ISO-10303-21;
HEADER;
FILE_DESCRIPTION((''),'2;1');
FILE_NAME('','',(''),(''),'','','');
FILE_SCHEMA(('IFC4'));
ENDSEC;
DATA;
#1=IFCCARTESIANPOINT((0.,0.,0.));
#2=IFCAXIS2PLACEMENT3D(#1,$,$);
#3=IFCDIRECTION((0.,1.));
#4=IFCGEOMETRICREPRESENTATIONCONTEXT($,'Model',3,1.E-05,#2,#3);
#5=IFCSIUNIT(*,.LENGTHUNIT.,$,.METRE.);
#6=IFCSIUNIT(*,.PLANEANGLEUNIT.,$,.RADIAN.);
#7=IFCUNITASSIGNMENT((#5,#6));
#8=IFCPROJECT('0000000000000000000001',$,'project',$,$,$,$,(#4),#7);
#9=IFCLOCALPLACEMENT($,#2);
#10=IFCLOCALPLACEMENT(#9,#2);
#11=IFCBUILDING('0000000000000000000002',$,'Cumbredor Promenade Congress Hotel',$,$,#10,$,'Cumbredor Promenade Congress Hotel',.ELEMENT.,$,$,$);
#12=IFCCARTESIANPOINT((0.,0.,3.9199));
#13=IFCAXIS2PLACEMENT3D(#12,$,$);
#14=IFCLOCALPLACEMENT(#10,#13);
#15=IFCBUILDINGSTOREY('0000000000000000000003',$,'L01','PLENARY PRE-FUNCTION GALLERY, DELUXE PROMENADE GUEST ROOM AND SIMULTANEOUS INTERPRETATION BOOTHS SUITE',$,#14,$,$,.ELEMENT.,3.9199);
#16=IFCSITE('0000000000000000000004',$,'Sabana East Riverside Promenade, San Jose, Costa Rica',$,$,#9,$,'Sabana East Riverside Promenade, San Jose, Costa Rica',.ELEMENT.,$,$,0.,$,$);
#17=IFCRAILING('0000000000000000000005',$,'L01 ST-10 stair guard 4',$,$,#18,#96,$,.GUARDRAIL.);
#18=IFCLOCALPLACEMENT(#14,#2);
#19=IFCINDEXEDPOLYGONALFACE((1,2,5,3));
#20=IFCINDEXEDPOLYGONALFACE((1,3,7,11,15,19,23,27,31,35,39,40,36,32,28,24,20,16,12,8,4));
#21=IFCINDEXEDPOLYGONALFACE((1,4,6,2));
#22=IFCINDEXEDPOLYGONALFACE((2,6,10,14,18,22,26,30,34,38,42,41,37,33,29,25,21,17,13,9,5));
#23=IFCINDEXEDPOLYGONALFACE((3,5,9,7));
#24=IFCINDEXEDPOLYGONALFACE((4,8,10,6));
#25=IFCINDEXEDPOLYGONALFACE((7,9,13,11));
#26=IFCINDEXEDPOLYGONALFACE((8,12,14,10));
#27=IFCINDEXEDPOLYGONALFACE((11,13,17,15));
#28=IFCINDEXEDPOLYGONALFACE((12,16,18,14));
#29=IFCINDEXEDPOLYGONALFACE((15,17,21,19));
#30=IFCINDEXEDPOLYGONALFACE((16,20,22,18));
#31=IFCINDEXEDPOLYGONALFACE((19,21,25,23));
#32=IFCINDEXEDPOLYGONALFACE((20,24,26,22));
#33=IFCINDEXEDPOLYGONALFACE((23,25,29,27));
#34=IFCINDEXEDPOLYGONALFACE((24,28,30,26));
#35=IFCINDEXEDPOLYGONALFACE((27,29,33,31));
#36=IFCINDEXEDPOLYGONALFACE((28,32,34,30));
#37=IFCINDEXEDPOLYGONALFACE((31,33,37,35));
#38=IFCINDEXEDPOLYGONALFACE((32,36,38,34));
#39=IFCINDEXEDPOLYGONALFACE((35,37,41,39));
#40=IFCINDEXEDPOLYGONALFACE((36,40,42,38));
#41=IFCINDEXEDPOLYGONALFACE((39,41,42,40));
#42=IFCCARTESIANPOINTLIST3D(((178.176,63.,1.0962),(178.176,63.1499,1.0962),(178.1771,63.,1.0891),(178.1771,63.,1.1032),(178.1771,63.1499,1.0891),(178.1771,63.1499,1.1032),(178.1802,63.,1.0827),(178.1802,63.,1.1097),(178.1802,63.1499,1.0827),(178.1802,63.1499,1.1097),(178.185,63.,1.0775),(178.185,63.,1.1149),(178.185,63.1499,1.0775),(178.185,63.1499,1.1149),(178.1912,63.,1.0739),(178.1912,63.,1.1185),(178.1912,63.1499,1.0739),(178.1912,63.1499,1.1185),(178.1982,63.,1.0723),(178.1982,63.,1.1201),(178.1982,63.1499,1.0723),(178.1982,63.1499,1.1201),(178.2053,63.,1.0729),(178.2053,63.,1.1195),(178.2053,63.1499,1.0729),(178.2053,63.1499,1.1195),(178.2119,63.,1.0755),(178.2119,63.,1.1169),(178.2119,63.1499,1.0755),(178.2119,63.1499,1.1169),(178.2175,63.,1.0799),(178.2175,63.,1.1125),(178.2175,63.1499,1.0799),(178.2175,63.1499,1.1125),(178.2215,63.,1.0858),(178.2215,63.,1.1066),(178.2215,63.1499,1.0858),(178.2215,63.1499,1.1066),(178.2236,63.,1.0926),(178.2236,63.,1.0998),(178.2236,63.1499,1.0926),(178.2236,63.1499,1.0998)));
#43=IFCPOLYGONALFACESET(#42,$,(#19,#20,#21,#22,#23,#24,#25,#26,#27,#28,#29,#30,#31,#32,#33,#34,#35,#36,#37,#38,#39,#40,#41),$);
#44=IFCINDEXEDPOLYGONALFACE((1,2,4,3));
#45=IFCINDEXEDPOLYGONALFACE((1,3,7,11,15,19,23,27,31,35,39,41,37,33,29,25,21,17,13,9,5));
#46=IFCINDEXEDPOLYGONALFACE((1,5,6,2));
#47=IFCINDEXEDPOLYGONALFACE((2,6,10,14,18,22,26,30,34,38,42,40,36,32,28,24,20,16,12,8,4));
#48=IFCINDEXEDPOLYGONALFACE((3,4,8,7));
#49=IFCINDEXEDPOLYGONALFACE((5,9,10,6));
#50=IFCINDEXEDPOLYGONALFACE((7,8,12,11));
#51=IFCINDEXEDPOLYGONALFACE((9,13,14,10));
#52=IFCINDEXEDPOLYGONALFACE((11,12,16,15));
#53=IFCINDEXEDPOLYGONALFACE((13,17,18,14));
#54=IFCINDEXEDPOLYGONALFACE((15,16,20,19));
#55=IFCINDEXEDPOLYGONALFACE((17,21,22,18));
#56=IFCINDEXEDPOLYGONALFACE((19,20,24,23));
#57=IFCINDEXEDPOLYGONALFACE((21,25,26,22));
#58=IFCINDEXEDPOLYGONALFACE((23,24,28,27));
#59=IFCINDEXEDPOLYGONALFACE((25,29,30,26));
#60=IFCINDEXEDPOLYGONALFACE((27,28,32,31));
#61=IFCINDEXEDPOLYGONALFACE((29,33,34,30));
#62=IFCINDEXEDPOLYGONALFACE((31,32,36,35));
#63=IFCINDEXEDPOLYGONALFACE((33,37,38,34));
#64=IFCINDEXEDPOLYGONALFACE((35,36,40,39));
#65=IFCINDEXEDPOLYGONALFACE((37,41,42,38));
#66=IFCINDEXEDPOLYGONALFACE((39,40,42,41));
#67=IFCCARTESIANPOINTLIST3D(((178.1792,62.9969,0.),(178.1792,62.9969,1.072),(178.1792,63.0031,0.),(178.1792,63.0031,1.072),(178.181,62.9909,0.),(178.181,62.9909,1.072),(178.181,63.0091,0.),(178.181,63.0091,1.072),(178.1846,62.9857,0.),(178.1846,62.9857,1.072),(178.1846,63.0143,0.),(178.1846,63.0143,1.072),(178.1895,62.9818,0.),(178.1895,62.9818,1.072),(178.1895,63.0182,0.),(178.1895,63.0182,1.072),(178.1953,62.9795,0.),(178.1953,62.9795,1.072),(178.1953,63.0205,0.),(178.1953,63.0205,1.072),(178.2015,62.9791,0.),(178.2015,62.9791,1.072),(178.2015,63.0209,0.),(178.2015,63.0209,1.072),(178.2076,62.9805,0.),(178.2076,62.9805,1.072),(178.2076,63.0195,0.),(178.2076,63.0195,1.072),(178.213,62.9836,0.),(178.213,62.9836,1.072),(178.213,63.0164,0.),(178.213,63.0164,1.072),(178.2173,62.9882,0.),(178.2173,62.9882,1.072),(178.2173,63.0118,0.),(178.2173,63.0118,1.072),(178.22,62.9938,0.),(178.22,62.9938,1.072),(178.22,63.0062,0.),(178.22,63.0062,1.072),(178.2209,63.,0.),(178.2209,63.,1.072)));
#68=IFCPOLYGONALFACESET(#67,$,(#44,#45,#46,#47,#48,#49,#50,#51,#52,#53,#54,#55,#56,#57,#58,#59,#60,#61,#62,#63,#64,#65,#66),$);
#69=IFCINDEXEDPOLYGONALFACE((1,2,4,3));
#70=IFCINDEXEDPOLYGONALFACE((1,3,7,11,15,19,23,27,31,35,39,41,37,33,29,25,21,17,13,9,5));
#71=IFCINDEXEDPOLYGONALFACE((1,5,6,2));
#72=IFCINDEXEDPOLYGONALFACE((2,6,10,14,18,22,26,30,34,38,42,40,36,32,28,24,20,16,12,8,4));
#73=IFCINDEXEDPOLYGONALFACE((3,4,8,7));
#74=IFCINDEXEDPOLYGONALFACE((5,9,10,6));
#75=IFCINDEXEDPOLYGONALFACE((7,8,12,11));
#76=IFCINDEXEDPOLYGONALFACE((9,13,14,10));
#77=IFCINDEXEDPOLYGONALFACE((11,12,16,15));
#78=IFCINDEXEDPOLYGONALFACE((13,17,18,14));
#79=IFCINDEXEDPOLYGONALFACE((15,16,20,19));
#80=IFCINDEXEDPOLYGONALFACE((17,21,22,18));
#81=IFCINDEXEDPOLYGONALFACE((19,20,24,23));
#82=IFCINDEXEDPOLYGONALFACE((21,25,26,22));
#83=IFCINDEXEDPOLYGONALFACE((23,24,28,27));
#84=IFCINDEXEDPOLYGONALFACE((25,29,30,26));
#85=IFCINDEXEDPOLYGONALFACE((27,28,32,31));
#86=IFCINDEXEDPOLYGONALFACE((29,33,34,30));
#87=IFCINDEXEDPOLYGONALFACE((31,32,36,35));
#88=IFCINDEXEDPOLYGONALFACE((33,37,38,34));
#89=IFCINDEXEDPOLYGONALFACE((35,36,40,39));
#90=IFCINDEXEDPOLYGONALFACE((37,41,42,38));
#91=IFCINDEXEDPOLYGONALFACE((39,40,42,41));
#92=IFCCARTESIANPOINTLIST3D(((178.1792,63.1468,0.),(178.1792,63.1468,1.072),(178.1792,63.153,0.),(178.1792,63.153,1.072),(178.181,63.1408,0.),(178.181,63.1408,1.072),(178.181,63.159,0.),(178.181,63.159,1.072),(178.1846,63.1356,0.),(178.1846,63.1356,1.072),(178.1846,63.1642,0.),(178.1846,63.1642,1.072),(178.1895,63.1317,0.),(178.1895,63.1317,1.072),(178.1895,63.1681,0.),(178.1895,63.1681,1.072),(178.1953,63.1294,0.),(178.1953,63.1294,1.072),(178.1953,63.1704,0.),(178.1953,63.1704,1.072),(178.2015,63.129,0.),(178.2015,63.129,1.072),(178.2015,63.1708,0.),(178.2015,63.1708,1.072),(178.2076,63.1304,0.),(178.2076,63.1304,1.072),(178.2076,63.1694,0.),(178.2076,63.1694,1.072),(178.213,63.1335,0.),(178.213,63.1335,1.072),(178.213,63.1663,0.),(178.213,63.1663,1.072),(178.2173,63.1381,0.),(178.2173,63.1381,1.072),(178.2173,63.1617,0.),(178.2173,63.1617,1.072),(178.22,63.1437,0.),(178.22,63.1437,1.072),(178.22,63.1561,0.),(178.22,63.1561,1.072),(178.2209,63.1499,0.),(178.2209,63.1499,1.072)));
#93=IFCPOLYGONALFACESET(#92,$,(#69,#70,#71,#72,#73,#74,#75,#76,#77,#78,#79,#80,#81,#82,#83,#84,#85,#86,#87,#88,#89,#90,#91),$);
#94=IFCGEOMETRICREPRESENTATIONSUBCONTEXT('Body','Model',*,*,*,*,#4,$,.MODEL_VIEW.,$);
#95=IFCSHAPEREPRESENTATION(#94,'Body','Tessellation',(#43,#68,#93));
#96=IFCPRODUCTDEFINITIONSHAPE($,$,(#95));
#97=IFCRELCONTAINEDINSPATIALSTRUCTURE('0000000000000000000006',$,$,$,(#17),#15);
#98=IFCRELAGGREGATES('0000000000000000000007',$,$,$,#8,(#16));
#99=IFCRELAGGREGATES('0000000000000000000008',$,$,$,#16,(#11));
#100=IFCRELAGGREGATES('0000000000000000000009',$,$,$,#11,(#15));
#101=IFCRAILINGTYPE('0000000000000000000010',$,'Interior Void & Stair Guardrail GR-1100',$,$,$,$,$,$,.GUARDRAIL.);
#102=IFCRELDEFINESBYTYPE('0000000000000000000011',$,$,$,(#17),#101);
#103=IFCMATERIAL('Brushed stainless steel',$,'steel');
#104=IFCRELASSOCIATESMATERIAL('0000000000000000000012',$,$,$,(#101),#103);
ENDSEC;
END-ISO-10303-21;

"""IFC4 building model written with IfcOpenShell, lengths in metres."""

from ifc_helpers import new_model, si_unit, direction, frame, origin, origin_2d, place, context, subcontext, project, spatial, circle, extrude, material, type_object, element, save


model = new_model("IFC4")

# Units and contexts
model_context = context("Model", 3, precision=1e-05, world=origin(), true_north=direction((0.0, 1.0)))
body_context = subcontext(model_context, "Body", "Model", "MODEL_VIEW")
ifc_project = project(units=[si_unit("LENGTHUNIT", "METRE"), si_unit("PLANEANGLEUNIT", "RADIAN")], contexts=[model_context])

# Site, building, storey
site_placement = place(None, origin())
site = spatial("IfcSite", under=ifc_project, at=site_placement, Name="Sabana East Riverside Promenade, San Jose, Costa Rica", LongName="Sabana East Riverside Promenade, San Jose, Costa Rica", CompositionType="ELEMENT", RefElevation=0.0)
building_placement = place(site_placement, origin())
building = spatial("IfcBuilding", under=site, at=building_placement, Name="Cumbredor Promenade Congress Hotel", LongName="Cumbredor Promenade Congress Hotel", CompositionType="ELEMENT")
storey_placement = place(building_placement, frame((0.0, 0.0, 3.9199)))
storey = spatial("IfcBuildingStorey", under=building, at=storey_placement, Name="L01", Description="PLENARY PRE-FUNCTION GALLERY, DELUXE PROMENADE GUEST ROOM AND SIMULTANEOUS INTERPRETATION BOOTHS SUITE", CompositionType="ELEMENT", Elevation=3.9199)

# Railing
ifc_material_1 = material(Name="Brushed stainless steel", Category="steel")
railing_type_1 = type_object("IfcRailingType", Name="Interior Void & Stair Guardrail GR-1100", PredefinedType="GUARDRAIL", material=ifc_material_1)
railing_1_placement = place(storey_placement, frame((178.2, 63.0, 0.0)))
element("IfcRailing", 1, at=railing_1_placement, inside=storey, type_object=railing_type_1, Name="L01 ST-10 stair guard 4", PredefinedType="GUARDRAIL", context=body_context, shape_type="SweptSolid", body=[
    extrude(circle(Radius=0.0239, at=origin_2d()), frame((0.0, 0.0, 1.0962), z_axis=(0.0, 1.0, 0.0), x_axis=(-1.0, 0.0, 0.0)), (0.0, 0.0, 1.0), 0.1499),
    extrude(circle(Radius=0.021, at=origin_2d()), origin(), (0.0, 0.0, 1.0), 1.072),
    extrude(circle(Radius=0.021, at=origin_2d()), frame((0.0, 0.1499, 0.0)), (0.0, 0.0, 1.0), 1.072),
])

save(model, "model.ifc")
